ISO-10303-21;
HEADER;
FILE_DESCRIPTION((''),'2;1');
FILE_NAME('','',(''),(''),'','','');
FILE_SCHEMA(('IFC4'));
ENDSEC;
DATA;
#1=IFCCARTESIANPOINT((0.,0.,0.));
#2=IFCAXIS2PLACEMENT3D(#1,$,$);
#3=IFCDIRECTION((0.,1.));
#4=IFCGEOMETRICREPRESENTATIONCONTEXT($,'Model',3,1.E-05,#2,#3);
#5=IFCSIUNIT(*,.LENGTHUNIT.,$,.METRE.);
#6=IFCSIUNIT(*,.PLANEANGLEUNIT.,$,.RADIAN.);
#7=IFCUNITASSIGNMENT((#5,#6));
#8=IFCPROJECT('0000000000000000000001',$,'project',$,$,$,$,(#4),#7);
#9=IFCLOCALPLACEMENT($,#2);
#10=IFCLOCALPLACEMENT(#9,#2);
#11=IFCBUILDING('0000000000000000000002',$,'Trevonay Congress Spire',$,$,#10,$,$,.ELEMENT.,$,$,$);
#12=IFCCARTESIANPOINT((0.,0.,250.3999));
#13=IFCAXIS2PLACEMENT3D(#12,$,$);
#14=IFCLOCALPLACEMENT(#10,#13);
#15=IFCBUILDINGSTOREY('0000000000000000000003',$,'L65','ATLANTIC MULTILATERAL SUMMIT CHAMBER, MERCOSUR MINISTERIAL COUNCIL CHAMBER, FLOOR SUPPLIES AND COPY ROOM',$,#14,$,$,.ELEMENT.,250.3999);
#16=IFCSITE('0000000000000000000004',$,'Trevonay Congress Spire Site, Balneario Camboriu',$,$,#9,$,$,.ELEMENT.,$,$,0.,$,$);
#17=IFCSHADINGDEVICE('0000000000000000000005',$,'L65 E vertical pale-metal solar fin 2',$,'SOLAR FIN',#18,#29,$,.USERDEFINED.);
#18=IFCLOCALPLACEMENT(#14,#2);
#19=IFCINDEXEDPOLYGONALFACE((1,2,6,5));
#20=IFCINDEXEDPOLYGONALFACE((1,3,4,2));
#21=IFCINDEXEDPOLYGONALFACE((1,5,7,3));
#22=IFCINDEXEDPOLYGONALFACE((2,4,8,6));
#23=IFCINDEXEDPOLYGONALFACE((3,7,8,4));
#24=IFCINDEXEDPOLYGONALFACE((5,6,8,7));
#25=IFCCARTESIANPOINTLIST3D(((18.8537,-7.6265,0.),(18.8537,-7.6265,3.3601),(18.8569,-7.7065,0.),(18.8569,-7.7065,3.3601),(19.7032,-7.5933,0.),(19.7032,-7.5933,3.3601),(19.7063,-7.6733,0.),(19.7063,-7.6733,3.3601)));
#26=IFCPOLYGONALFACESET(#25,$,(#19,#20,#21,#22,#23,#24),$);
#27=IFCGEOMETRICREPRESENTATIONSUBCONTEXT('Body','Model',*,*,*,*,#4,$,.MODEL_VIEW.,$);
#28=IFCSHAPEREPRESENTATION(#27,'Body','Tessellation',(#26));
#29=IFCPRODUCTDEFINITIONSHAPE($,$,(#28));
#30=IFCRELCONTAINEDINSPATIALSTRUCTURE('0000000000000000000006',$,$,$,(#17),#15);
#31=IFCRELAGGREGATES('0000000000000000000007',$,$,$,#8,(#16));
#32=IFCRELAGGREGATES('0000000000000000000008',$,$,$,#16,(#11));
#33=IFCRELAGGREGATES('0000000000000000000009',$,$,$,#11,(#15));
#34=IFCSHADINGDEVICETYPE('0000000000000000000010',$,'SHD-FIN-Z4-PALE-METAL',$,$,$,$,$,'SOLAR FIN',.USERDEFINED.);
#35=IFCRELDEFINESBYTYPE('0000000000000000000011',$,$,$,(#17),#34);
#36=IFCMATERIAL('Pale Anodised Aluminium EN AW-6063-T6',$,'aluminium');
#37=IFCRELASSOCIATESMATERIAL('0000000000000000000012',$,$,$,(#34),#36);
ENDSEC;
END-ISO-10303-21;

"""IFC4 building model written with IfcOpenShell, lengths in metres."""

from ifc_helpers import new_model, si_unit, direction, frame, origin, origin_2d, place, context, subcontext, project, spatial, rectangle, extrude, material, type_object, element, save


model = new_model("IFC4")

# Units and contexts
model_context = context("Model", 3, precision=1e-05, world=origin(), true_north=direction((0.0, 1.0)))
body_context = subcontext(model_context, "Body", "Model", "MODEL_VIEW")
ifc_project = project(units=[si_unit("LENGTHUNIT", "METRE"), si_unit("PLANEANGLEUNIT", "RADIAN")], contexts=[model_context])

# Site, building, storey
site_placement = place(None, origin())
site = spatial("IfcSite", under=ifc_project, at=site_placement, Name="Trevonay Congress Spire Site, Balneario Camboriu", CompositionType="ELEMENT", RefElevation=0.0)
building_placement = place(site_placement, origin())
building = spatial("IfcBuilding", under=site, at=building_placement, Name="Trevonay Congress Spire", CompositionType="ELEMENT")
storey_placement = place(building_placement, frame((0.0, 0.0, 250.3999)))
storey = spatial("IfcBuildingStorey", under=building, at=storey_placement, Name="L65", Description="ATLANTIC MULTILATERAL SUMMIT CHAMBER, MERCOSUR MINISTERIAL COUNCIL CHAMBER, FLOOR SUPPLIES AND COPY ROOM", CompositionType="ELEMENT", Elevation=250.3999)

# Shared definitions
ifc_material_1 = material(Name="Pale Anodised Aluminium EN AW-6063-T6", Category="aluminium")

# Shading device
shading_device_type = type_object("IfcShadingDeviceType", Name="SHD-FIN-Z4-PALE-METAL", ElementType="SOLAR FIN", PredefinedType="USERDEFINED", material=ifc_material_1)
for number, where, z_axis, x_axis, name in (
    (1, (19.28, -7.6499, 0.0), (0.0, 0.0, 1.0), (-0.039085, 0.999236, 0.0), "L65 E vertical pale-metal solar fin 2"),
):
    element("IfcShadingDevice", number, at=place(storey_placement, frame(where, z_axis=z_axis, x_axis=x_axis)), inside=storey, type_object=shading_device_type, Name=name, ObjectType="SOLAR FIN", PredefinedType="USERDEFINED", context=body_context, shape_type="SweptSolid", body=[
        extrude(rectangle(XDim=0.0801, YDim=0.8501, at=origin_2d()), origin(), (0.0, 0.0, 1.0), 3.3601),
    ])

save(model, "model.ifc")
